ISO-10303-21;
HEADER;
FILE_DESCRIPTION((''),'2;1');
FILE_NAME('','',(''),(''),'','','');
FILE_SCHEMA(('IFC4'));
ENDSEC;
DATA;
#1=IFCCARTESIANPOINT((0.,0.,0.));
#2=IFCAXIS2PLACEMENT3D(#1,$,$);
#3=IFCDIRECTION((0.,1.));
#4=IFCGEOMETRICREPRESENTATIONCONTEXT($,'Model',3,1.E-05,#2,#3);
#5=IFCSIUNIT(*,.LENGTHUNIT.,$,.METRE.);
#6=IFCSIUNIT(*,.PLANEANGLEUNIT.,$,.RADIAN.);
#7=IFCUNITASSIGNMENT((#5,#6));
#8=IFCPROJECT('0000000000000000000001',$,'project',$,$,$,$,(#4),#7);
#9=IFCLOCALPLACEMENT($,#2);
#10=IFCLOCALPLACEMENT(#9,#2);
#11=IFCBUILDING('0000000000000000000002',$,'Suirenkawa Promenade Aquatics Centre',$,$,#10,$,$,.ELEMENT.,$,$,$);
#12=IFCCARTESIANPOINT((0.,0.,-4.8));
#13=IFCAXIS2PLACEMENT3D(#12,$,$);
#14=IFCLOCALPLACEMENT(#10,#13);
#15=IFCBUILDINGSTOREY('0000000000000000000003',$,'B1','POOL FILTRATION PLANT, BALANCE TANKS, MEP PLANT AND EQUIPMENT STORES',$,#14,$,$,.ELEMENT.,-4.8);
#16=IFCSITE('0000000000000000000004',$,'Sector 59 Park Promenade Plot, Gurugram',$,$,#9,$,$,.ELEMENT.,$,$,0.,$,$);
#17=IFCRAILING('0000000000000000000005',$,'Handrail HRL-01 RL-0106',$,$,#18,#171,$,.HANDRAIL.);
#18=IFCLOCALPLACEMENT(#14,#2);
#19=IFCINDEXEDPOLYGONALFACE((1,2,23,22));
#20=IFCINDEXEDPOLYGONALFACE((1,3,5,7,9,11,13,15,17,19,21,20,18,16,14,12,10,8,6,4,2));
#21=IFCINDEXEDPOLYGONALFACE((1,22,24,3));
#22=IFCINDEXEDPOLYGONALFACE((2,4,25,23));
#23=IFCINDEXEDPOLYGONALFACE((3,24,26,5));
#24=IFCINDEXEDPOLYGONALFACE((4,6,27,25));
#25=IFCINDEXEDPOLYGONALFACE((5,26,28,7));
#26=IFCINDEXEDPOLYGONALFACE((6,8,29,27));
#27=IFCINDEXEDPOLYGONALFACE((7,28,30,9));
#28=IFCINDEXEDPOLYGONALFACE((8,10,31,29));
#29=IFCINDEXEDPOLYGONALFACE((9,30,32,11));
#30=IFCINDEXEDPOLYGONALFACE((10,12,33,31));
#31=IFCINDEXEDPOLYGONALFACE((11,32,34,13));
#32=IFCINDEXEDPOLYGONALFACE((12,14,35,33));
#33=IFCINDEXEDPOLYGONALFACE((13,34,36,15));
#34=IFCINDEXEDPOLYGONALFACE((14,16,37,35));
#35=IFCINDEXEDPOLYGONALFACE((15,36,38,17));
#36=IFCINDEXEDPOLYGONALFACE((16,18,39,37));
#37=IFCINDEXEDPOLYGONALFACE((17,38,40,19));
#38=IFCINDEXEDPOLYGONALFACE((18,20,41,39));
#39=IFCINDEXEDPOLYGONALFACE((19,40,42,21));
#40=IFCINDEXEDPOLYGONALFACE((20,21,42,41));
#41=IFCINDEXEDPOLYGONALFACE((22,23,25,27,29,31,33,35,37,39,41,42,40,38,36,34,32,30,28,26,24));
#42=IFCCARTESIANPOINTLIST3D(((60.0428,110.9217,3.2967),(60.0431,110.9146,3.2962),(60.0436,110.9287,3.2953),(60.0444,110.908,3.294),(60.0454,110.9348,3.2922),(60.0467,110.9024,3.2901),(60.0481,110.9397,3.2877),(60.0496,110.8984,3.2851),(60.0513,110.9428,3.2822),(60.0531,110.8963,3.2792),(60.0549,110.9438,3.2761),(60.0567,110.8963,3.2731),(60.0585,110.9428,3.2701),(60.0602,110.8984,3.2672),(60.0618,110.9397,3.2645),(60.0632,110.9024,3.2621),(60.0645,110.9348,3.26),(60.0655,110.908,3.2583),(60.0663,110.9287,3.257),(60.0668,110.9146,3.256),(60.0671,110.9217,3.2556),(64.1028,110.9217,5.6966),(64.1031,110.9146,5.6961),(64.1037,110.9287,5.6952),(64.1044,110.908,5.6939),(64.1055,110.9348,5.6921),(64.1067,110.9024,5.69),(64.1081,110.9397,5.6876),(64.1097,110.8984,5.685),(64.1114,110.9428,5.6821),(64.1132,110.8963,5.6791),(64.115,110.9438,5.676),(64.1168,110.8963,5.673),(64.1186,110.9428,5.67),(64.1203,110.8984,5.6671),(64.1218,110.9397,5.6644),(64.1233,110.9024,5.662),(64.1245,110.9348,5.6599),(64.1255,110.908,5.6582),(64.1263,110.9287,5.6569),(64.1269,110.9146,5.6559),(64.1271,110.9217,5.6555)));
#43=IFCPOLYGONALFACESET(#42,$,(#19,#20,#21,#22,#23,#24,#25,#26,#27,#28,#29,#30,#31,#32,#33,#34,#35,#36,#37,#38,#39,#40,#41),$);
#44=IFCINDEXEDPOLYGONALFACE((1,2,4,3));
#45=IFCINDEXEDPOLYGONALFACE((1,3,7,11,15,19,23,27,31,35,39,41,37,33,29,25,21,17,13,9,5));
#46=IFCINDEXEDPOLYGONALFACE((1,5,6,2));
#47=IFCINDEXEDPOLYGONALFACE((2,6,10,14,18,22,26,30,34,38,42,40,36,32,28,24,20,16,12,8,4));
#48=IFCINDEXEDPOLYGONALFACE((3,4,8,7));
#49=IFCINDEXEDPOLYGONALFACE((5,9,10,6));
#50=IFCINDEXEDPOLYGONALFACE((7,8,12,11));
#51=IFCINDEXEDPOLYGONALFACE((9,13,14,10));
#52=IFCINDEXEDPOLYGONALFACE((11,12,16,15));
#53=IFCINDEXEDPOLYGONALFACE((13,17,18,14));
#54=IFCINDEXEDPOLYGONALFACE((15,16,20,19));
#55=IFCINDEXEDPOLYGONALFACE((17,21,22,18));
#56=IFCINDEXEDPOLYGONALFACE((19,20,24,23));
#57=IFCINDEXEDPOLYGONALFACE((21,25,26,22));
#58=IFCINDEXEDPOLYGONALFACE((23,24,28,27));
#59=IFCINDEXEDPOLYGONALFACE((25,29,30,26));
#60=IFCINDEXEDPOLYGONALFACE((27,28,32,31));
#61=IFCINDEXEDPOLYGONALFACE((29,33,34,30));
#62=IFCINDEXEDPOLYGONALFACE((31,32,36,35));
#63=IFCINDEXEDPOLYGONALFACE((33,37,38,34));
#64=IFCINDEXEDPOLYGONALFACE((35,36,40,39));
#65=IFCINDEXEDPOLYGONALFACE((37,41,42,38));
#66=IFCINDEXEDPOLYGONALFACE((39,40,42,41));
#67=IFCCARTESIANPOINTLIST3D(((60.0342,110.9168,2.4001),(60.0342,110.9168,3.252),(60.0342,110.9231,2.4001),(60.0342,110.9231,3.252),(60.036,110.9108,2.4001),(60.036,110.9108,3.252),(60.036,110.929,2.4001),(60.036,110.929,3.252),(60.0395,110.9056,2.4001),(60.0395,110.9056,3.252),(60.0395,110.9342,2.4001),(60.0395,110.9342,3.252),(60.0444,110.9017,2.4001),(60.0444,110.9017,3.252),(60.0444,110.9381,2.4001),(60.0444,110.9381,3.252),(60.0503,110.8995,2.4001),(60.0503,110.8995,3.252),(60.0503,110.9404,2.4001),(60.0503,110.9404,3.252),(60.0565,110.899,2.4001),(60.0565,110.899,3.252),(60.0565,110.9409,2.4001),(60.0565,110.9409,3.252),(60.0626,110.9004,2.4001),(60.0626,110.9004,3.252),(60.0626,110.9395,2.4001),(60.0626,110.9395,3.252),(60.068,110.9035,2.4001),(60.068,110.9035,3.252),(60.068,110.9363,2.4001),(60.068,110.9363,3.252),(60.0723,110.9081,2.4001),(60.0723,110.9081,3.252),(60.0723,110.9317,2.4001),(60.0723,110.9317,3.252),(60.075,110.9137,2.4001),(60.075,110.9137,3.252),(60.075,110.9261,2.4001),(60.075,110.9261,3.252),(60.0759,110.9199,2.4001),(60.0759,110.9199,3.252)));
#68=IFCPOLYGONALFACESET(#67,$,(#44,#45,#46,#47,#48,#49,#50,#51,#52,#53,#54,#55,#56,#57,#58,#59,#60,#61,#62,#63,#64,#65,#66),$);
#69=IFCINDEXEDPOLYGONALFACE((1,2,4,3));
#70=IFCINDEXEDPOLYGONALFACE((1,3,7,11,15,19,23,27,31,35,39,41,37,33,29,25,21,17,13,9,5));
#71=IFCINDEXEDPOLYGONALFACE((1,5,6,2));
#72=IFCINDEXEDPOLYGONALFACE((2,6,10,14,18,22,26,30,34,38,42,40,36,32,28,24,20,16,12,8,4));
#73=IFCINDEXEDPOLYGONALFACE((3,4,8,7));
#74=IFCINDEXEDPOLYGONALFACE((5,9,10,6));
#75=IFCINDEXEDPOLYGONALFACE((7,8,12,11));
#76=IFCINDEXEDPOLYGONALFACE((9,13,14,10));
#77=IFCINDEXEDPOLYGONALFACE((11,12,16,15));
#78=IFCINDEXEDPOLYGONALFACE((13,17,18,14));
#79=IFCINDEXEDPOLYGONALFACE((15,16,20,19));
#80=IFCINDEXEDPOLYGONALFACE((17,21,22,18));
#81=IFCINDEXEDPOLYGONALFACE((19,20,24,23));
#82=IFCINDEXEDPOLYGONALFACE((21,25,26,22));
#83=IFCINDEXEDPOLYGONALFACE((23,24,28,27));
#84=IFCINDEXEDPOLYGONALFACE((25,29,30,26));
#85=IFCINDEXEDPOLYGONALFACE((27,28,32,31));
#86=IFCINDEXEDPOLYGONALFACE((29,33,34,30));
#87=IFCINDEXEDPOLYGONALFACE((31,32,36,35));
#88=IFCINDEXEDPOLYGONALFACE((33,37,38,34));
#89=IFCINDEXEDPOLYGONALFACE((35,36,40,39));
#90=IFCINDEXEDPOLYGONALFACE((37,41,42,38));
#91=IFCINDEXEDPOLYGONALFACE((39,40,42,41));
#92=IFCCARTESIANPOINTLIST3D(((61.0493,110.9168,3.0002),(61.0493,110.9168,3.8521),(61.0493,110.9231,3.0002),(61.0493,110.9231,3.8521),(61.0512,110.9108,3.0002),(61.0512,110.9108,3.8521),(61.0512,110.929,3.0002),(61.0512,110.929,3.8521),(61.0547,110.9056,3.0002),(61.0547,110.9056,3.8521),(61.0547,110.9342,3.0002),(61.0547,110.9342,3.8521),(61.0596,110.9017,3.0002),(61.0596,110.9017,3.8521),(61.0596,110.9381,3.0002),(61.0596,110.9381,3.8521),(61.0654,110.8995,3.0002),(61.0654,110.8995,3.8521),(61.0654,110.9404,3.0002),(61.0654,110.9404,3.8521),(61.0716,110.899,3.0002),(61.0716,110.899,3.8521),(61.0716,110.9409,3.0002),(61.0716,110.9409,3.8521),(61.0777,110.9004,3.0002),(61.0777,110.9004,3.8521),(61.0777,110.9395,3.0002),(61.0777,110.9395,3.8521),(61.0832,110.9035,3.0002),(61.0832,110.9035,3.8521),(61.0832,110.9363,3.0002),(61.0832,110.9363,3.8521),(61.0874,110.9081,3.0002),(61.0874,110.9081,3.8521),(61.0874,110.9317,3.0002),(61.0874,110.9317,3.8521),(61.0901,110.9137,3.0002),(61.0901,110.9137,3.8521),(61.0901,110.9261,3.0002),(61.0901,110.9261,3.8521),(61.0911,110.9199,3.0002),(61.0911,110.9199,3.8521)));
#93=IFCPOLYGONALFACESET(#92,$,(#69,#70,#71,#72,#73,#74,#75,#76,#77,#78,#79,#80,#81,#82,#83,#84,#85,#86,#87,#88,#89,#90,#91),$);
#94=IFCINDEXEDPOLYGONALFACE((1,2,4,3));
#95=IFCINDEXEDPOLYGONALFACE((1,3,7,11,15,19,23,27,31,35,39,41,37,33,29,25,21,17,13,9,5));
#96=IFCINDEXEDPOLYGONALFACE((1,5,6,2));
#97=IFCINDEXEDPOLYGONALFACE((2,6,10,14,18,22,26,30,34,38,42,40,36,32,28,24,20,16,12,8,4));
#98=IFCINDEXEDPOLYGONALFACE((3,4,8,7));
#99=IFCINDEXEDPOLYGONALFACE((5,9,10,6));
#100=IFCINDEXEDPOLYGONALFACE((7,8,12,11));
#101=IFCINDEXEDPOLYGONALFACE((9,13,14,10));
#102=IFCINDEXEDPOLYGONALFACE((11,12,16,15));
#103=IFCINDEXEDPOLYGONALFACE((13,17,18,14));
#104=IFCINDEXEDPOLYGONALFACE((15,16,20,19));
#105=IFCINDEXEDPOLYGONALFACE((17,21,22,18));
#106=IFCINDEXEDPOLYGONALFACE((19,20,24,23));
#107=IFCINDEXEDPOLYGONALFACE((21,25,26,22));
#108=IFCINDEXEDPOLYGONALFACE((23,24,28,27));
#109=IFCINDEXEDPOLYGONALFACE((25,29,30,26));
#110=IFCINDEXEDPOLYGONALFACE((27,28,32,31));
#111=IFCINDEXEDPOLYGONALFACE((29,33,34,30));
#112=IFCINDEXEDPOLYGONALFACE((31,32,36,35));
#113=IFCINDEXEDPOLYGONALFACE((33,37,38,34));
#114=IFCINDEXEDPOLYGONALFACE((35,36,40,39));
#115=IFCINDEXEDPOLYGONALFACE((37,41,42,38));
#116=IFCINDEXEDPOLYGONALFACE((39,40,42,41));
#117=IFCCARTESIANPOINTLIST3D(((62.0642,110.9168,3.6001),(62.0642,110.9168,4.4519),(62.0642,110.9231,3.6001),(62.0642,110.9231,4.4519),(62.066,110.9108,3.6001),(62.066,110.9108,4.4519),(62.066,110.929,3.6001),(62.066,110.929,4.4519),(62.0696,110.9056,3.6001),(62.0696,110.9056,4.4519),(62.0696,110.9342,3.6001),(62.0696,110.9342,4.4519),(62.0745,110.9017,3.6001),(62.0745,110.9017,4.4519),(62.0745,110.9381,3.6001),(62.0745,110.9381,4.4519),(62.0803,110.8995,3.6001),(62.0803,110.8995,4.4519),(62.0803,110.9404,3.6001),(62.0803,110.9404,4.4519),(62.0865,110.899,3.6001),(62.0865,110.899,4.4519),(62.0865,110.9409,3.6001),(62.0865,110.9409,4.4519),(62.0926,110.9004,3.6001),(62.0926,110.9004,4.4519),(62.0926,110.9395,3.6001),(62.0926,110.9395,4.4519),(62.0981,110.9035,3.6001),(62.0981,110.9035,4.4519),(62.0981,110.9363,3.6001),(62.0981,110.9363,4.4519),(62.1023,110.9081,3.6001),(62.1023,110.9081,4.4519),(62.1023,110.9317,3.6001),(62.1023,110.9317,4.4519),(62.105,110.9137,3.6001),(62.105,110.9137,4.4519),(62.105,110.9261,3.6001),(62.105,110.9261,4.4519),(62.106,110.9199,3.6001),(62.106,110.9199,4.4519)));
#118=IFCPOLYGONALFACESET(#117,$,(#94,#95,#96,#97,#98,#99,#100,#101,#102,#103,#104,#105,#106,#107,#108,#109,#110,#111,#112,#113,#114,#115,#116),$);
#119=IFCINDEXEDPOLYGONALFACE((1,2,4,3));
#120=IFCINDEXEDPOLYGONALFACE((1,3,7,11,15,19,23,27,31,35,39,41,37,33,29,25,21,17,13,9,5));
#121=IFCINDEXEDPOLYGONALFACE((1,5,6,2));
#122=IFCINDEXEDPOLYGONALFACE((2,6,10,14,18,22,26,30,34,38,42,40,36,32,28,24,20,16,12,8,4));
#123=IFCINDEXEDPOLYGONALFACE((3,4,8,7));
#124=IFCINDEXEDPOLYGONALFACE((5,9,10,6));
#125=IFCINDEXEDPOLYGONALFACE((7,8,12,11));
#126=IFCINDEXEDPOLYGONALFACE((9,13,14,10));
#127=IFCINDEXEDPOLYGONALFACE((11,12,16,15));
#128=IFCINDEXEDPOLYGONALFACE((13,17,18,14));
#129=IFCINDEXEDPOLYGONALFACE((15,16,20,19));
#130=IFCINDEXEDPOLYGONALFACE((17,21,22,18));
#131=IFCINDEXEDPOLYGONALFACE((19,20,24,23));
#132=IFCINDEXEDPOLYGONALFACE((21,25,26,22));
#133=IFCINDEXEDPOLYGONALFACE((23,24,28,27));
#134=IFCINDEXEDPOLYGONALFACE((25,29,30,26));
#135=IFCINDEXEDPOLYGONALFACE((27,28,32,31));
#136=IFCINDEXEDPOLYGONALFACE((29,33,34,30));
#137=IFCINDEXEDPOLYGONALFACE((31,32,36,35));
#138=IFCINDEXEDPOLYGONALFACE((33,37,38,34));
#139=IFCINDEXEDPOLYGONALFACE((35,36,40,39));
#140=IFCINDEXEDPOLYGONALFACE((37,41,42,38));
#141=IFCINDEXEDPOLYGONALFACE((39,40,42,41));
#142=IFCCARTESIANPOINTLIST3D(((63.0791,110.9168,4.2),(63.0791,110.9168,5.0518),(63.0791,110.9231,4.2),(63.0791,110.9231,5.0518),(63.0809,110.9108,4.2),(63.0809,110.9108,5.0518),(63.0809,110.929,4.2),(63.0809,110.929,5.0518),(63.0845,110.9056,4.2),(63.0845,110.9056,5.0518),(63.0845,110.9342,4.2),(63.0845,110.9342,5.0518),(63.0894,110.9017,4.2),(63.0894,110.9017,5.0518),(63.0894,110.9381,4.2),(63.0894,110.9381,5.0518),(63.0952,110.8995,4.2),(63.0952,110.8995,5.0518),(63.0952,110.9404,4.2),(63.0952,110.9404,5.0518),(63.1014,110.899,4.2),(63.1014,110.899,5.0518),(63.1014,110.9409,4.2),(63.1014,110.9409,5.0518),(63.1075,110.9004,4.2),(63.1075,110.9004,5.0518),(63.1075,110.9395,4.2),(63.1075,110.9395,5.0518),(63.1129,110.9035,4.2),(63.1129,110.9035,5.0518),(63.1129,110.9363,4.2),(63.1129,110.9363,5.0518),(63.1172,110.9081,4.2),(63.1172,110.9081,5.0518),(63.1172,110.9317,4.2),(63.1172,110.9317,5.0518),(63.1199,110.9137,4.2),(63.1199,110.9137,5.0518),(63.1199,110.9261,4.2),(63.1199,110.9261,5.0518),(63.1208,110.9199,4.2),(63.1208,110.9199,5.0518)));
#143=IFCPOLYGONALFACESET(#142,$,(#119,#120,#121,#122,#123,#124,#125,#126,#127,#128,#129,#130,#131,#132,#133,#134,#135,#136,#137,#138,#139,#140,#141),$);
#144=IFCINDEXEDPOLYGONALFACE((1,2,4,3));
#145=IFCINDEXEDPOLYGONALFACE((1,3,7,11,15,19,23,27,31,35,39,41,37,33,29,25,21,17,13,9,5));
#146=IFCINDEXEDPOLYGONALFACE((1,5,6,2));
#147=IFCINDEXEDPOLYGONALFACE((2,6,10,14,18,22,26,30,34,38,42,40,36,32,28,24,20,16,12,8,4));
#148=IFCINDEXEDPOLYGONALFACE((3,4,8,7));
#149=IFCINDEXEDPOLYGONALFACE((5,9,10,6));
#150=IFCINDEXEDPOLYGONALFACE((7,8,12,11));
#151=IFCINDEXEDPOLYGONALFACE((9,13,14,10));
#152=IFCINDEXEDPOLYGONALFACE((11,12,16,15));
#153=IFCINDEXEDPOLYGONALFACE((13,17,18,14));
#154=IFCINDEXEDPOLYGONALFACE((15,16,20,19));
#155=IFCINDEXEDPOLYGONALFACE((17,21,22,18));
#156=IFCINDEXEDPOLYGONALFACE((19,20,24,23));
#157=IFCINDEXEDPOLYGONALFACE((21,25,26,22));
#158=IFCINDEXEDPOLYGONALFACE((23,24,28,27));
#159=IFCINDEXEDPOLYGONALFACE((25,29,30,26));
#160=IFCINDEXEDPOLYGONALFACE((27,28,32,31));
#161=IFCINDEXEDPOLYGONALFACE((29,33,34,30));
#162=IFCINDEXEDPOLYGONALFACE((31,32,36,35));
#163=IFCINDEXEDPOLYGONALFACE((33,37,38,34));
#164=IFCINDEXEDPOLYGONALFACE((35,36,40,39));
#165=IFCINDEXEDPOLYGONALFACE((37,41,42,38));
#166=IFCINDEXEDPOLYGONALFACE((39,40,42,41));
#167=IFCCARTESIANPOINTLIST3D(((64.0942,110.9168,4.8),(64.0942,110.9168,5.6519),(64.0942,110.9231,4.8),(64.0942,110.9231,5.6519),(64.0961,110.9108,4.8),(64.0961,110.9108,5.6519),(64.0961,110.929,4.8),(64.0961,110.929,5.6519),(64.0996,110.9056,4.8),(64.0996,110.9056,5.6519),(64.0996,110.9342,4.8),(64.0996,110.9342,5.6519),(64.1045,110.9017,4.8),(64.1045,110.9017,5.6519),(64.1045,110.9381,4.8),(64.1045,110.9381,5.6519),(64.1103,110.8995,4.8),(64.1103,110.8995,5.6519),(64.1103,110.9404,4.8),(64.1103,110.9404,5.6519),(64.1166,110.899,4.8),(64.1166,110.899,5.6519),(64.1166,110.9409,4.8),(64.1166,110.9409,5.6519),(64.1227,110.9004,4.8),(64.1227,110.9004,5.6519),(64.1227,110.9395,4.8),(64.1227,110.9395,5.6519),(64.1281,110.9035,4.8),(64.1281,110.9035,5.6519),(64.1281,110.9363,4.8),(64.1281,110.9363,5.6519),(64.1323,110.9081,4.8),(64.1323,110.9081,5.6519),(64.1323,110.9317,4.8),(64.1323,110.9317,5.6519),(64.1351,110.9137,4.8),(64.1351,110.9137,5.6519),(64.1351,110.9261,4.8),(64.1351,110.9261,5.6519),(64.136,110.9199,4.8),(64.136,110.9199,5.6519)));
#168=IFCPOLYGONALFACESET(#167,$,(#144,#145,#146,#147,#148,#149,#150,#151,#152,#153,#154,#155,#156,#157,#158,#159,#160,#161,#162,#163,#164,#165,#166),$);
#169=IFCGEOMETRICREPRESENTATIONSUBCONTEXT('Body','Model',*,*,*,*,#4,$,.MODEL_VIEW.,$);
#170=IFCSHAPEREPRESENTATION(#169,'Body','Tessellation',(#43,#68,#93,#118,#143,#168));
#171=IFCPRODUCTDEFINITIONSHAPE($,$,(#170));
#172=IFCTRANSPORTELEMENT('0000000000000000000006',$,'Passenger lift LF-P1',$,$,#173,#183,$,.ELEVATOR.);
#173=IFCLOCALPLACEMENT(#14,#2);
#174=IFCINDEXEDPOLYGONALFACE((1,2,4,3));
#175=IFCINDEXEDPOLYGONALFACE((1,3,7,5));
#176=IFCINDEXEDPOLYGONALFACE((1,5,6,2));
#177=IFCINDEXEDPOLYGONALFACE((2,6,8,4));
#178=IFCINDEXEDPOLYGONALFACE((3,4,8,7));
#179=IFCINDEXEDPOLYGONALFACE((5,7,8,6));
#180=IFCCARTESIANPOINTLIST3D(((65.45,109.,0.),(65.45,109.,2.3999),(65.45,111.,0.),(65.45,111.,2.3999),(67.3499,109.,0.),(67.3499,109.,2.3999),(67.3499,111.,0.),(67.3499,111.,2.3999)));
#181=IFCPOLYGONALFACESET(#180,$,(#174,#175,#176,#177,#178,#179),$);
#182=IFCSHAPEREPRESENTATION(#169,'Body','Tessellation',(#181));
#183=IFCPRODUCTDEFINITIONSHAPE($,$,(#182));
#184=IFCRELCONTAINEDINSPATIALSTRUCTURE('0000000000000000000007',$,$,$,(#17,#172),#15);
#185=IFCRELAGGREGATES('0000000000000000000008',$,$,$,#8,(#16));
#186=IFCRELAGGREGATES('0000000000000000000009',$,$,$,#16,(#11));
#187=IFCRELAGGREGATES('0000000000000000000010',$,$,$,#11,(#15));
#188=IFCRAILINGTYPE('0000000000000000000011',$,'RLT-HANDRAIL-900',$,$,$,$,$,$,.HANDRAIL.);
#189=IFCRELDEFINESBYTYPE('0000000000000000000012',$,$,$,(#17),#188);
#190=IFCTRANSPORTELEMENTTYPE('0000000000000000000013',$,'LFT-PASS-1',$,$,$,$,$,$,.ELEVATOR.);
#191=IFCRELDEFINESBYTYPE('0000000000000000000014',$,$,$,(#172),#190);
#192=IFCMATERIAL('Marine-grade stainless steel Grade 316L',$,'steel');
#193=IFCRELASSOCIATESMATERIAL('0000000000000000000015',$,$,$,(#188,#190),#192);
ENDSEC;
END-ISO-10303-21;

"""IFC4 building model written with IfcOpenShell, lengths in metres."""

from ifc_helpers import new_model, si_unit, direction, frame, origin, origin_2d, place, context, subcontext, project, spatial, rectangle, circle, extrude, material, type_object, element, save


model = new_model("IFC4")

# Units and contexts
model_context = context("Model", 3, precision=1e-05, world=origin(), true_north=direction((0.0, 1.0)))
body_context = subcontext(model_context, "Body", "Model", "MODEL_VIEW")
ifc_project = project(units=[si_unit("LENGTHUNIT", "METRE"), si_unit("PLANEANGLEUNIT", "RADIAN")], contexts=[model_context])

# Site, building, storey
site_placement = place(None, origin())
site = spatial("IfcSite", under=ifc_project, at=site_placement, Name="Sector 59 Park Promenade Plot, Gurugram", CompositionType="ELEMENT", RefElevation=0.0)
building_placement = place(site_placement, origin())
building = spatial("IfcBuilding", under=site, at=building_placement, Name="Suirenkawa Promenade Aquatics Centre", CompositionType="ELEMENT")
storey_placement = place(building_placement, frame((0.0, 0.0, -4.8)))
storey = spatial("IfcBuildingStorey", under=building, at=storey_placement, Name="B1", Description="POOL FILTRATION PLANT, BALANCE TANKS, MEP PLANT AND EQUIPMENT STORES", CompositionType="ELEMENT", Elevation=-4.8)

# Shared definitions
ifc_material_1 = material(Name="Marine-grade stainless steel Grade 316L", Category="steel")

# Railing
railing_type_1 = type_object("IfcRailingType", Name="RLT-HANDRAIL-900", PredefinedType="HANDRAIL", material=ifc_material_1)
railing_1_placement = place(storey_placement, frame((60.0549, 110.9199, 2.4001)))
element("IfcRailing", 1, at=railing_1_placement, inside=storey, type_object=railing_type_1, Name="Handrail HRL-01 RL-0106", PredefinedType="HANDRAIL", context=body_context, shape_type="SweptSolid", body=[
    extrude(circle(Radius=0.0239, at=origin_2d()), frame((0.0, 0.0, 0.876), z_axis=(0.860854, 0.0, 0.508851), x_axis=(0.0, 1.0, 0.0)), (0.0, 0.0, 1.0), 4.7163),
    extrude(circle(Radius=0.021, at=origin_2d()), origin(), (0.0, 0.0, 1.0), 0.8518),
    extrude(circle(Radius=0.021, at=origin_2d()), frame((1.0151, 0.0, 0.6001)), (0.0, 0.0, 1.0), 0.8518),
    extrude(circle(Radius=0.021, at=origin_2d()), frame((2.03, 0.0, 1.2)), (0.0, 0.0, 1.0), 0.8518),
    extrude(circle(Radius=0.021, at=origin_2d()), frame((3.0449, 0.0, 1.7998)), (0.0, 0.0, 1.0), 0.8518),
    extrude(circle(Radius=0.021, at=origin_2d()), frame((4.0601, 0.0, 2.3999)), (0.0, 0.0, 1.0), 0.8518),
])

# Transport element
transport_element_type = type_object("IfcTransportElementType", Name="LFT-PASS-1", PredefinedType="ELEVATOR", material=ifc_material_1)
transport_element_placement = place(storey_placement, frame((66.3999, 110.0, 0.0), z_axis=(0.0, 0.0, 1.0), x_axis=(1.0, 0.0, 0.0)))
element("IfcTransportElement", 2, at=transport_element_placement, inside=storey, type_object=transport_element_type, Name="Passenger lift LF-P1", PredefinedType="ELEVATOR", context=body_context, shape_type="SweptSolid", body=[
    extrude(rectangle(XDim=1.8999, YDim=2.0, at=origin_2d()), origin(), (0.0, 0.0, 1.0), 2.3999),
])

save(model, "model.ifc")
